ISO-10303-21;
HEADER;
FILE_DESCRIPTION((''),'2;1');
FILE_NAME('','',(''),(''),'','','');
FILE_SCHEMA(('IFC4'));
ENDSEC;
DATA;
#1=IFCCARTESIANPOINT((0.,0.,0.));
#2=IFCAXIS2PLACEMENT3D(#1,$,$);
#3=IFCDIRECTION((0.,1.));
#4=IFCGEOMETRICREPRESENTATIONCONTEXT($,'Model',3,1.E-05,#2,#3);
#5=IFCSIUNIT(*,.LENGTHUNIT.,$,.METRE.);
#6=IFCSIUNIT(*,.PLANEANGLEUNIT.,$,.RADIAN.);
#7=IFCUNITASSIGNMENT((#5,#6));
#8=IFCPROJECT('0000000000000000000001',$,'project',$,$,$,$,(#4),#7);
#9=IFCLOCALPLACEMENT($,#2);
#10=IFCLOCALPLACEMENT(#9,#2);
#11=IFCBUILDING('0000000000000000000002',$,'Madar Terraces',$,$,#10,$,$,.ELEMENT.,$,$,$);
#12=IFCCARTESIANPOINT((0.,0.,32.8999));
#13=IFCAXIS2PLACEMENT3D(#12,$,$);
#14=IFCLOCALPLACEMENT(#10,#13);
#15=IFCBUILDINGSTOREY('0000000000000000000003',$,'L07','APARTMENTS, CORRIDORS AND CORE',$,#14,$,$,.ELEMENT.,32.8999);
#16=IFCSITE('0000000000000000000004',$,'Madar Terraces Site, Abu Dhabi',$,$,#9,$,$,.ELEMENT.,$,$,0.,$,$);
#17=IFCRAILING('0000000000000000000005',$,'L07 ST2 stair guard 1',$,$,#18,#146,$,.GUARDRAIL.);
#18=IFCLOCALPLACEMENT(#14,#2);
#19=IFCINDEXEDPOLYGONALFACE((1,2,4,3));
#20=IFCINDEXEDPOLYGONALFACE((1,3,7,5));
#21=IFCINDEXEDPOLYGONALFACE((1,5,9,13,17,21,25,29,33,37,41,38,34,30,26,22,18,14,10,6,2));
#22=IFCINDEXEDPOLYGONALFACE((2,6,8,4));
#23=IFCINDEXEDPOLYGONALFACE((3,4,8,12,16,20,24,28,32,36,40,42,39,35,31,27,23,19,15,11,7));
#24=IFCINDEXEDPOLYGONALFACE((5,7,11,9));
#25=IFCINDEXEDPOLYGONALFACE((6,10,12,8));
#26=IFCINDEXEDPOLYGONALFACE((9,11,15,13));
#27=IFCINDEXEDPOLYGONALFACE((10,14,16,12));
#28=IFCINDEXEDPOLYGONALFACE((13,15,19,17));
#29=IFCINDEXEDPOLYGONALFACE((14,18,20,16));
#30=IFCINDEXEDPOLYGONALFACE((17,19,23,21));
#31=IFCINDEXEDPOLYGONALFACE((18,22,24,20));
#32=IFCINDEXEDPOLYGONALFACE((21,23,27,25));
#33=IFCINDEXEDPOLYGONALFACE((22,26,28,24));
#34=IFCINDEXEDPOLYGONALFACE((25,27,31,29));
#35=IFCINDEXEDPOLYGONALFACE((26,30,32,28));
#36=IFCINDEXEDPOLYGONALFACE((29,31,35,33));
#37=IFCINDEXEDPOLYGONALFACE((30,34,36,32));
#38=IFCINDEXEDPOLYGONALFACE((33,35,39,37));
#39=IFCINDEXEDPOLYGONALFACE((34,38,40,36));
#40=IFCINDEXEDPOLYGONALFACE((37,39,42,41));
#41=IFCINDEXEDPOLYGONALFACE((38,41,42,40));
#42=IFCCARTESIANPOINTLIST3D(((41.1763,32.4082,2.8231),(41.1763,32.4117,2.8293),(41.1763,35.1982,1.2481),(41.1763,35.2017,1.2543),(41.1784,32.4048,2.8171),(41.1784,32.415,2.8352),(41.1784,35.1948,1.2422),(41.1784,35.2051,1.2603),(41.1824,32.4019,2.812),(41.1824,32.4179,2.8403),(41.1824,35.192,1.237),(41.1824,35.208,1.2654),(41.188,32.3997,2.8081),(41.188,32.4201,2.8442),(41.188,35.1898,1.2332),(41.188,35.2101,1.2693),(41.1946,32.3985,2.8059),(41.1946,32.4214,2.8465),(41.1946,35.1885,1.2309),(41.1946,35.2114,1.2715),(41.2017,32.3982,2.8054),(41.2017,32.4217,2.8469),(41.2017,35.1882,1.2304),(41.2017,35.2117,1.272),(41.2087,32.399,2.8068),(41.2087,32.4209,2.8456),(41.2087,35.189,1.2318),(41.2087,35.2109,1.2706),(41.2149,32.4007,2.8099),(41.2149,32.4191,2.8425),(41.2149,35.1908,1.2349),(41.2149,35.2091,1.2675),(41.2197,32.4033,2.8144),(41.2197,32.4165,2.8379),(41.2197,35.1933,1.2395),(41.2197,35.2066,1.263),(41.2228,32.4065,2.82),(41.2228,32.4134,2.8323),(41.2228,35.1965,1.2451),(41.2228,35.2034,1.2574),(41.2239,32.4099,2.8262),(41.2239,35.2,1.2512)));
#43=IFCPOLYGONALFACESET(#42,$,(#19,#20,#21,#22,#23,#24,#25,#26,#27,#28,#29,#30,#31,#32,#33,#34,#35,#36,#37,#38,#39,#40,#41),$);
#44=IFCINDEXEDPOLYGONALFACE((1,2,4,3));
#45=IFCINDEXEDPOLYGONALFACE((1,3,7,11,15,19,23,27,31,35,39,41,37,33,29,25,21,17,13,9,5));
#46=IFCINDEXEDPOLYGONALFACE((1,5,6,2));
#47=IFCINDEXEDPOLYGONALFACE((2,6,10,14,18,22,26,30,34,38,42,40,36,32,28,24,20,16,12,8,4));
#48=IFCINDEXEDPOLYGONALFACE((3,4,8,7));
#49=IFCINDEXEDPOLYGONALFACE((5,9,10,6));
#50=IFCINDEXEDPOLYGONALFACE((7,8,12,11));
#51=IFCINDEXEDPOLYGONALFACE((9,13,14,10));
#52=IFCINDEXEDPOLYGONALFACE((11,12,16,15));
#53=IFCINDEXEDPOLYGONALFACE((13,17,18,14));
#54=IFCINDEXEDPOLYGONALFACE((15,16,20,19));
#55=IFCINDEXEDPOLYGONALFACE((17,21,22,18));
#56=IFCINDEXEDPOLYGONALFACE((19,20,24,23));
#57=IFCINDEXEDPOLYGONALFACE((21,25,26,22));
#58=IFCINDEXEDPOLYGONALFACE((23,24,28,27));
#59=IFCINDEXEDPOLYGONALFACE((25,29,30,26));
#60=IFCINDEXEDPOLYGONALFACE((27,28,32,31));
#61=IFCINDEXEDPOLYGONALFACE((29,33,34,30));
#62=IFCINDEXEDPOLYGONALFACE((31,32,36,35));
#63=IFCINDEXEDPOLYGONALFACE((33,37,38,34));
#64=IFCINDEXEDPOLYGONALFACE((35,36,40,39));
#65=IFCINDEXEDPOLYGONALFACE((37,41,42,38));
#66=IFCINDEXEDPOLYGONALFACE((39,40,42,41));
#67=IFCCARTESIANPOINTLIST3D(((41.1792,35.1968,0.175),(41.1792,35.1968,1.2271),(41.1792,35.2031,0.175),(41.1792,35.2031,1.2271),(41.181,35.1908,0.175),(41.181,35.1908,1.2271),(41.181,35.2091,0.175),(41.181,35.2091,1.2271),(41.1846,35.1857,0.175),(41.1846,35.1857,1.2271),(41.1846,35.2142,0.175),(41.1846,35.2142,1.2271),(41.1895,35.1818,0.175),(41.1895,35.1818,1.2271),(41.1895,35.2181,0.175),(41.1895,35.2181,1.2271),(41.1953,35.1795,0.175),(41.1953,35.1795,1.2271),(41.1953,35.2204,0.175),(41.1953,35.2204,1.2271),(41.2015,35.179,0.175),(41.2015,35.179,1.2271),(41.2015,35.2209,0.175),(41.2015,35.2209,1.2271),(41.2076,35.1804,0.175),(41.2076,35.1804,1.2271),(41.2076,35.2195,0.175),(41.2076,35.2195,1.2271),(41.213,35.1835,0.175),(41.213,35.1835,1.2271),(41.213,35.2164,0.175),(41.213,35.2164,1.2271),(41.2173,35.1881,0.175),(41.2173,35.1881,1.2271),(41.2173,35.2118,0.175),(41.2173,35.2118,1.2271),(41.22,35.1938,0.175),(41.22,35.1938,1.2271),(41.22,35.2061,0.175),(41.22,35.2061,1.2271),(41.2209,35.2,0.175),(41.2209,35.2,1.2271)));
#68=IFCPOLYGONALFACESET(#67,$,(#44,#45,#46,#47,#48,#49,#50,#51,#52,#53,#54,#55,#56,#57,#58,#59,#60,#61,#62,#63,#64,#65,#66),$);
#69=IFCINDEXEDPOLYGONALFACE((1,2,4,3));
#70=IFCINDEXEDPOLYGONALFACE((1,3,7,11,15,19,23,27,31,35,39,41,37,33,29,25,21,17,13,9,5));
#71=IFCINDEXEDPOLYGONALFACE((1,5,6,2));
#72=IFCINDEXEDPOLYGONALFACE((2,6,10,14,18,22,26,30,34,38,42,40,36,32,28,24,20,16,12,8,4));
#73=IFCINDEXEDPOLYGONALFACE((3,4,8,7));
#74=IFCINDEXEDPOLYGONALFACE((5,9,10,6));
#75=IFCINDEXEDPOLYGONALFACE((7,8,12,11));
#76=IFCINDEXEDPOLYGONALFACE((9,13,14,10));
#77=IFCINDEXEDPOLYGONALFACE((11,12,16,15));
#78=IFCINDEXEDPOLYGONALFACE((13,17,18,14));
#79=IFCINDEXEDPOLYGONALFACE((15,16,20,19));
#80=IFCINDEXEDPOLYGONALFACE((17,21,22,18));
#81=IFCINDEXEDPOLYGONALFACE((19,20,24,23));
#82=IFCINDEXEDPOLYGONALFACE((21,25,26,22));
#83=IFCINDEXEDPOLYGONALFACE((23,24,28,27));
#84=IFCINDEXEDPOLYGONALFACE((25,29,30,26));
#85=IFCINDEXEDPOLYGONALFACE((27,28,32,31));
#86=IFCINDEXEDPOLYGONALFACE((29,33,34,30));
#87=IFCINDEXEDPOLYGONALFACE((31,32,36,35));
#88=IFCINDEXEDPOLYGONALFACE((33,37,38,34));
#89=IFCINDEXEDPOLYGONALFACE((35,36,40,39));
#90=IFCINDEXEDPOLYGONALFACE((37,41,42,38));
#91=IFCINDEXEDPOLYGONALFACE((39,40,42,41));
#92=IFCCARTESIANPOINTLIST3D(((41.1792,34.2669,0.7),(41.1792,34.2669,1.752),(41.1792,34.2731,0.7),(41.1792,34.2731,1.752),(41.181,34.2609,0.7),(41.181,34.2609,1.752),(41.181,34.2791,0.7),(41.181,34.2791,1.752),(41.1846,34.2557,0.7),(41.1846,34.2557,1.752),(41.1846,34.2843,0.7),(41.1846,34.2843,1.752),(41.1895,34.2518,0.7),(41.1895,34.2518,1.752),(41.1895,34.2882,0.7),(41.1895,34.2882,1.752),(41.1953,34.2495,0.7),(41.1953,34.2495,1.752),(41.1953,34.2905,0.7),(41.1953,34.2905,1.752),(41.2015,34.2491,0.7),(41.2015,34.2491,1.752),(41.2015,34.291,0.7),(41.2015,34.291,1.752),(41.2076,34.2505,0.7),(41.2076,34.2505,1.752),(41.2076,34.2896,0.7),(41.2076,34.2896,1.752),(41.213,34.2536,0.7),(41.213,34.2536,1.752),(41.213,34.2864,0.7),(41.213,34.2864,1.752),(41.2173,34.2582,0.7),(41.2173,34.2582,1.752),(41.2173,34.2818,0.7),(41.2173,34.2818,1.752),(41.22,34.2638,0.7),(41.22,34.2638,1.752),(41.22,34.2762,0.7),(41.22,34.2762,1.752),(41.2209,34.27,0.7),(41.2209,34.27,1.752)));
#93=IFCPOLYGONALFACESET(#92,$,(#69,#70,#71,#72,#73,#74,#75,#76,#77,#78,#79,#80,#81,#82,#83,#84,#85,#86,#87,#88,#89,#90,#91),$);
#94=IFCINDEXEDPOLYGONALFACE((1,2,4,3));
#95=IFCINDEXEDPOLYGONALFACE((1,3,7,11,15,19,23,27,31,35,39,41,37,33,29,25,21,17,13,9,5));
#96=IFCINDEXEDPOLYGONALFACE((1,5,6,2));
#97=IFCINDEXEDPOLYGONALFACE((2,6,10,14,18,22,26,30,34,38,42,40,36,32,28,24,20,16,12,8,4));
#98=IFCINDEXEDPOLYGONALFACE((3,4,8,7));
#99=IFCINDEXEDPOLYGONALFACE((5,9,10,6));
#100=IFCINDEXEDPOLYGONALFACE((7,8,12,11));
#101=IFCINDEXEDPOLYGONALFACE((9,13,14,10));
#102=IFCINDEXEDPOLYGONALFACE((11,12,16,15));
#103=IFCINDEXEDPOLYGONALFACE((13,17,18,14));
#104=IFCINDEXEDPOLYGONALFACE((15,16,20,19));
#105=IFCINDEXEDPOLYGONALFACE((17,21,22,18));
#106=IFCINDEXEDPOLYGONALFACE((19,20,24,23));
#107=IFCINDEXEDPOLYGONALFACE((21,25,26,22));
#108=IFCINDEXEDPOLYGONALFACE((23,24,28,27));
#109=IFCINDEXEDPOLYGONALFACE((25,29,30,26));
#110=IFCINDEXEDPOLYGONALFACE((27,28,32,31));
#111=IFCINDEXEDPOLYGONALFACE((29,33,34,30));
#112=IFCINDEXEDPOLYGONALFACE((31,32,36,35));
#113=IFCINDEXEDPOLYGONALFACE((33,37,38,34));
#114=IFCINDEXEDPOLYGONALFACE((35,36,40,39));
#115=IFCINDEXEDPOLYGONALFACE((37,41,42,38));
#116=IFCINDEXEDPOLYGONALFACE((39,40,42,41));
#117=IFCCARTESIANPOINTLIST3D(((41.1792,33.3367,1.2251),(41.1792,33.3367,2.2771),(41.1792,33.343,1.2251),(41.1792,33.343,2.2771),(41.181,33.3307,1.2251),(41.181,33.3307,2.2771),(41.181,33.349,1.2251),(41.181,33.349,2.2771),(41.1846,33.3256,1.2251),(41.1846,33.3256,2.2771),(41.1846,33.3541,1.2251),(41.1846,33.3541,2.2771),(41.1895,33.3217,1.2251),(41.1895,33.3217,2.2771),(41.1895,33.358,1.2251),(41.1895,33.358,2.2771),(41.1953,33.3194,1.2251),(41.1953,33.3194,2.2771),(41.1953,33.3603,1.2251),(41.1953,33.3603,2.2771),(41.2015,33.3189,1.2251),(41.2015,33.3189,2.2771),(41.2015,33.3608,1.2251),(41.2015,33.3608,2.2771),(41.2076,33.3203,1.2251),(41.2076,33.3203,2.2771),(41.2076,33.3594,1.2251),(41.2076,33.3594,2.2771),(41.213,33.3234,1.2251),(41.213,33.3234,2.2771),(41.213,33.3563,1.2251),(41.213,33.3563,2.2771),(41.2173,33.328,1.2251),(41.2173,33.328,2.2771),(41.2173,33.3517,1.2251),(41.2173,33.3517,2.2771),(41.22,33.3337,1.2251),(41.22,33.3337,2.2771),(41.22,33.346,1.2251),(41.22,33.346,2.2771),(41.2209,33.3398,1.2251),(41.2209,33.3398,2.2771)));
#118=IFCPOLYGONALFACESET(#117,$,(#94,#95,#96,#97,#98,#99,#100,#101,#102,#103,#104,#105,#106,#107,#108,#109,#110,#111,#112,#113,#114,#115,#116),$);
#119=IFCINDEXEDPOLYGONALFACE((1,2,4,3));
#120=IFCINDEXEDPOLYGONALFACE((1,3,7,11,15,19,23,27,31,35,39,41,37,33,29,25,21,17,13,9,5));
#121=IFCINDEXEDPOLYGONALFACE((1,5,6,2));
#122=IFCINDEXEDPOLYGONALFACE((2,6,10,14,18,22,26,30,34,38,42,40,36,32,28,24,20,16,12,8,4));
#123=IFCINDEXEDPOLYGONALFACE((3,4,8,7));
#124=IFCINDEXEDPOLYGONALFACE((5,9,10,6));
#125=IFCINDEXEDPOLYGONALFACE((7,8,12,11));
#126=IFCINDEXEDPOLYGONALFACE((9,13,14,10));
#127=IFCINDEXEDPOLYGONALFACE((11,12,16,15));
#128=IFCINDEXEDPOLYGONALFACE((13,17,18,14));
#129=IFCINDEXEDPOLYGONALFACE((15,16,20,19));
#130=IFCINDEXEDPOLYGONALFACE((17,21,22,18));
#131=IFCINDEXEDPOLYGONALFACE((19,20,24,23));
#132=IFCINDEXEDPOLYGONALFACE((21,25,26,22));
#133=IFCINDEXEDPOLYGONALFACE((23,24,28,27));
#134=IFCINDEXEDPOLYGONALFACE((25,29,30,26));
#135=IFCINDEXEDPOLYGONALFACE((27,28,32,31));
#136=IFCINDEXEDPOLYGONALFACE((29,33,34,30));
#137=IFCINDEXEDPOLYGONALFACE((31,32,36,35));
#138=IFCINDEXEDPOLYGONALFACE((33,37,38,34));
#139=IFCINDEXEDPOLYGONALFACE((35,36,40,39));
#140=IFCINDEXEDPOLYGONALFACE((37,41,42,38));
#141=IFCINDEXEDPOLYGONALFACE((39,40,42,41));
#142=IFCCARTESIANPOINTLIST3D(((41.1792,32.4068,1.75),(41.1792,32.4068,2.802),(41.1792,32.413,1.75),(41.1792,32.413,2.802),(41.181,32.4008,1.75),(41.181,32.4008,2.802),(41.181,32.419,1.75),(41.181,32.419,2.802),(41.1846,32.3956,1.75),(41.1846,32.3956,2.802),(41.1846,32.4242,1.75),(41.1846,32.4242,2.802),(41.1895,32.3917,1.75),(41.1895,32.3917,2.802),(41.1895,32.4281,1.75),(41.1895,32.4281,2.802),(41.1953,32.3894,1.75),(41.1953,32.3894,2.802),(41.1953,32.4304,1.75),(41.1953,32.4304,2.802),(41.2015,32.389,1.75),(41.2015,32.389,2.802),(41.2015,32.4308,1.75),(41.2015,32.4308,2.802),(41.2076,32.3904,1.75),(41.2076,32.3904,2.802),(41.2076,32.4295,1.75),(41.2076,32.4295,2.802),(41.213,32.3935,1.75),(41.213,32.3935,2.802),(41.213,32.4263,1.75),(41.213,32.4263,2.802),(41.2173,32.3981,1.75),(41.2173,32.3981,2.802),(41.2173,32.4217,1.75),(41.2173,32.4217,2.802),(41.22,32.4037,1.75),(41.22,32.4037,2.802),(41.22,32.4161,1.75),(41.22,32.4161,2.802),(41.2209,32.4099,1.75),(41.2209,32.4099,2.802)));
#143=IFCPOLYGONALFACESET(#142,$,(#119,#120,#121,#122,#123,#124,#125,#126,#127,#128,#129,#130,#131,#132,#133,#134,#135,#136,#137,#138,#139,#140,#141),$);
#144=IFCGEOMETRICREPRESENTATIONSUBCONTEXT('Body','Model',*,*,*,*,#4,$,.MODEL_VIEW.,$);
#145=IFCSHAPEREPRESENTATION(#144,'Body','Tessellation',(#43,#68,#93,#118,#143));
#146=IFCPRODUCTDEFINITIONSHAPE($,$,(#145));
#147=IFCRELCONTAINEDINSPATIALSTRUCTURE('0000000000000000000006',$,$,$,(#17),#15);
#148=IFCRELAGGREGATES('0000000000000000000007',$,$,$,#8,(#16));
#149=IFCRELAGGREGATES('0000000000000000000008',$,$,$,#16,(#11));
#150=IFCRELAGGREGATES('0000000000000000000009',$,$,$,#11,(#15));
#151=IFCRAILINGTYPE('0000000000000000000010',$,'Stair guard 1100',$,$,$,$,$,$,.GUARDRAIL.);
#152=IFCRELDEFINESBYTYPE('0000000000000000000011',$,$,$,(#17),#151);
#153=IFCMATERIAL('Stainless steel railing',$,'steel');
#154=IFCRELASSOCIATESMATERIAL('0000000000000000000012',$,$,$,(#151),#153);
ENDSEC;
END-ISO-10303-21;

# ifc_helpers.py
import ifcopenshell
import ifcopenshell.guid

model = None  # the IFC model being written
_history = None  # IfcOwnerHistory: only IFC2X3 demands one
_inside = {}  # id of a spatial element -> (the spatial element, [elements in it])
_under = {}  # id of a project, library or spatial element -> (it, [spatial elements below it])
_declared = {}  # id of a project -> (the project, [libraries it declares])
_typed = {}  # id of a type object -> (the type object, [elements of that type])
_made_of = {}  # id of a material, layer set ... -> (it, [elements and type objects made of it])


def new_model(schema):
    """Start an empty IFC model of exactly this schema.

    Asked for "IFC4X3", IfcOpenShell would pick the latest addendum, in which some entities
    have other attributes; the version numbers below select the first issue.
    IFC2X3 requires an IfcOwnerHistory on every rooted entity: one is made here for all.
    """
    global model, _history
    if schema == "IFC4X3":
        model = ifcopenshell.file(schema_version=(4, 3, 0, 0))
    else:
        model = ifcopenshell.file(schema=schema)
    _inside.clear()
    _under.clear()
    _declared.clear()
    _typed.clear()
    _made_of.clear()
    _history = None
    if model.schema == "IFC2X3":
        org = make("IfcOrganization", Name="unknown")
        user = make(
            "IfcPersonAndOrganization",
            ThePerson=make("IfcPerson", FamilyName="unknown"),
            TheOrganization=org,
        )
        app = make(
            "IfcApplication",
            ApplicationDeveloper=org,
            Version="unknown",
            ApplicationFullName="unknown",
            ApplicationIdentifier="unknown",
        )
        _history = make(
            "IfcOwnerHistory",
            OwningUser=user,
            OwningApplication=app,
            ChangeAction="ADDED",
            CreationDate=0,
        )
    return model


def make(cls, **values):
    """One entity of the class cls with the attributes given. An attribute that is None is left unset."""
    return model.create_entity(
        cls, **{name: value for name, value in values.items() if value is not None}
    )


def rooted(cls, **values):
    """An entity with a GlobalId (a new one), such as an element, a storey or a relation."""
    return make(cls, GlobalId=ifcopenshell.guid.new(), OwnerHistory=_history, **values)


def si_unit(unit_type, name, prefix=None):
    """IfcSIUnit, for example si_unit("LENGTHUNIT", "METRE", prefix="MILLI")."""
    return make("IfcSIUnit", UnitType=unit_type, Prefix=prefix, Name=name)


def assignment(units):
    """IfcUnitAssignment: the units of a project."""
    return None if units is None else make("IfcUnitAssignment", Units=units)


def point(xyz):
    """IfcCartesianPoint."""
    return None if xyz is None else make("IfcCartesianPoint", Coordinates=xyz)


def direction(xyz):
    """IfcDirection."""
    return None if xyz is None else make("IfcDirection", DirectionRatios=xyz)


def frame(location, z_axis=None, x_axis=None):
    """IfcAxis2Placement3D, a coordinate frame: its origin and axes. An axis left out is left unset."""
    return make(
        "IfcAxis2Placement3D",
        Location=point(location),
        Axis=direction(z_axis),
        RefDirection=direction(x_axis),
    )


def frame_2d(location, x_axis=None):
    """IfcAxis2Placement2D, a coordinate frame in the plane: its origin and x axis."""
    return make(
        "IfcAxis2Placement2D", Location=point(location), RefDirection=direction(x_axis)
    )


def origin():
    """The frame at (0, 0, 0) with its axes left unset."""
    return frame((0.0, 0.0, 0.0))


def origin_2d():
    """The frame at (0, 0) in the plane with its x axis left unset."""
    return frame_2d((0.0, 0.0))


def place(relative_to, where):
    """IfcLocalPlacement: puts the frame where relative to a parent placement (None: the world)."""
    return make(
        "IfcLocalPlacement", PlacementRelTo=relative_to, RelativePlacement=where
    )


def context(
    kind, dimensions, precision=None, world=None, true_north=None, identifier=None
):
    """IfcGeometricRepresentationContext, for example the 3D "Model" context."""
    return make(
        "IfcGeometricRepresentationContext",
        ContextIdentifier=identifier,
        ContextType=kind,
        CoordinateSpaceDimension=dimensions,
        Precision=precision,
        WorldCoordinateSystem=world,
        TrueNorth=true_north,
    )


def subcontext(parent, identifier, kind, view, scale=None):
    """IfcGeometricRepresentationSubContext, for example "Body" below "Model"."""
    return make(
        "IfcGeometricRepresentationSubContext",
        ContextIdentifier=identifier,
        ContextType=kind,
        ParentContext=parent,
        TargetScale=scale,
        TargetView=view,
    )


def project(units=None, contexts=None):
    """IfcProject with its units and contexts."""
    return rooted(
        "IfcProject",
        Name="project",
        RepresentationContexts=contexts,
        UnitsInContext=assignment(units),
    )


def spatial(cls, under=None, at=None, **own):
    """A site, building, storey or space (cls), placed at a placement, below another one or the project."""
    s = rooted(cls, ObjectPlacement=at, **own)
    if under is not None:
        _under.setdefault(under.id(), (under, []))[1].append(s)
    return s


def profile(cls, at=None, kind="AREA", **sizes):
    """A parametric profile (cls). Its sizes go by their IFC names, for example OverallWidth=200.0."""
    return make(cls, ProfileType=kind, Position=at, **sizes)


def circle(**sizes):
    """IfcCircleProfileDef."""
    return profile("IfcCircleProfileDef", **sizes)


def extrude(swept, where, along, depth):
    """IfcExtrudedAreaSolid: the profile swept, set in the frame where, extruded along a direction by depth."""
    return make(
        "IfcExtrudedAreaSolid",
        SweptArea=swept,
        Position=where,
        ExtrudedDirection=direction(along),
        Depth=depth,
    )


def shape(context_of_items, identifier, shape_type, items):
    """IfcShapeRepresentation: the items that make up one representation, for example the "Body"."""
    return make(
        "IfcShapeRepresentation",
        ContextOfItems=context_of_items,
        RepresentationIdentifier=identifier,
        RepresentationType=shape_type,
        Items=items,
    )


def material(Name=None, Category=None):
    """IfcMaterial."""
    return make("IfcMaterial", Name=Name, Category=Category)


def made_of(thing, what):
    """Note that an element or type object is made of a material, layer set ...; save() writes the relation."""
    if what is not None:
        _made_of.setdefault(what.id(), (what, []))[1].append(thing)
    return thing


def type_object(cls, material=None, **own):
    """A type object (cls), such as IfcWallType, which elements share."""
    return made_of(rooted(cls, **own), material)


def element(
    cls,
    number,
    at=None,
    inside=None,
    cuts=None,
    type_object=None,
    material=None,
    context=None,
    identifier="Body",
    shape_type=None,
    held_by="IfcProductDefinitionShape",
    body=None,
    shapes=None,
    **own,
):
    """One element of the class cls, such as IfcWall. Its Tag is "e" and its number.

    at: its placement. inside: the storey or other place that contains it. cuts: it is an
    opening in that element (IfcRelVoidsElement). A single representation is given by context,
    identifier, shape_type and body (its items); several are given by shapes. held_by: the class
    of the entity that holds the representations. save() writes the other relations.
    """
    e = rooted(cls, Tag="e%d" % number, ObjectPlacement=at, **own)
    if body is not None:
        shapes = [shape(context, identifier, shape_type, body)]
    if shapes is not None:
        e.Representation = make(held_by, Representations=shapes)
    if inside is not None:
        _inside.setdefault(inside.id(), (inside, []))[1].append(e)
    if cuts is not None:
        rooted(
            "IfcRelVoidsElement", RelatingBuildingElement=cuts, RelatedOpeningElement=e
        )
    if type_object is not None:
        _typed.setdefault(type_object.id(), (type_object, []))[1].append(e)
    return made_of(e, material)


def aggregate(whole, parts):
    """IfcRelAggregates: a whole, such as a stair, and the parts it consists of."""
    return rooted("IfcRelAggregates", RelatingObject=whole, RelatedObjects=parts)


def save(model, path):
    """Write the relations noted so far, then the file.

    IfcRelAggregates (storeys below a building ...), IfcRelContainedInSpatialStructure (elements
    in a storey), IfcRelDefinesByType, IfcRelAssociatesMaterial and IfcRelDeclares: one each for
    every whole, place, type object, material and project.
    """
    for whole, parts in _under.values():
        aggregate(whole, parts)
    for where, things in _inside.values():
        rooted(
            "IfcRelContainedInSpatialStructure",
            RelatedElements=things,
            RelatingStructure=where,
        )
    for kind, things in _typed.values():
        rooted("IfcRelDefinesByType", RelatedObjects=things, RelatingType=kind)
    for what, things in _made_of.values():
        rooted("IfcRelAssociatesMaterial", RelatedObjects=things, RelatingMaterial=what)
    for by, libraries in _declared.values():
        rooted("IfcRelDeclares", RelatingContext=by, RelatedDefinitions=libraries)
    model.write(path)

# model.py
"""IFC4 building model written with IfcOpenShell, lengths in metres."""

from ifc_helpers import new_model, si_unit, direction, frame, origin, origin_2d, place, context, subcontext, project, spatial, circle, extrude, material, type_object, element, save


model = new_model("IFC4")

# Units and contexts
model_context = context("Model", 3, precision=1e-05, world=origin(), true_north=direction((0.0, 1.0)))
body_context = subcontext(model_context, "Body", "Model", "MODEL_VIEW")
ifc_project = project(units=[si_unit("LENGTHUNIT", "METRE"), si_unit("PLANEANGLEUNIT", "RADIAN")], contexts=[model_context])

# Site, building, storey
site_placement = place(None, origin())
site = spatial("IfcSite", under=ifc_project, at=site_placement, Name="Madar Terraces Site, Abu Dhabi", CompositionType="ELEMENT", RefElevation=0.0)
building_placement = place(site_placement, origin())
building = spatial("IfcBuilding", under=site, at=building_placement, Name="Madar Terraces", CompositionType="ELEMENT")
storey_placement = place(building_placement, frame((0.0, 0.0, 32.8999)))
storey = spatial("IfcBuildingStorey", under=building, at=storey_placement, Name="L07", Description="APARTMENTS, CORRIDORS AND CORE", CompositionType="ELEMENT", Elevation=32.8999)

# Railing
ifc_material_1 = material(Name="Stainless steel railing", Category="steel")
railing_type_1 = type_object("IfcRailingType", Name="Stair guard 1100", PredefinedType="GUARDRAIL", material=ifc_material_1)
railing_1_placement = place(storey_placement, frame((41.2, 35.2, 0.175)))
element("IfcRailing", 1, at=railing_1_placement, inside=storey, type_object=railing_type_1, Name="L07 ST2 stair guard 1", PredefinedType="GUARDRAIL", context=body_context, shape_type="SweptSolid", body=[
    extrude(circle(Radius=0.0239, at=origin_2d()), frame((0.0, 0.0, 1.0762), z_axis=(0.0, -0.870834, 0.491578), x_axis=(1.0, 0.0, 0.0)), (0.0, 0.0, 1.0), 3.2039),
    extrude(circle(Radius=0.021, at=origin_2d()), origin(), (0.0, 0.0, 1.0), 1.052),
    extrude(circle(Radius=0.021, at=origin_2d()), frame((0.0, -0.9299, 0.5249)), (0.0, 0.0, 1.0), 1.052),
    extrude(circle(Radius=0.021, at=origin_2d()), frame((0.0, -1.8601, 1.05)), (0.0, 0.0, 1.0), 1.052),
    extrude(circle(Radius=0.021, at=origin_2d()), frame((0.0, -2.79, 1.575)), (0.0, 0.0, 1.0), 1.052),
])

save(model, "model.ifc")
